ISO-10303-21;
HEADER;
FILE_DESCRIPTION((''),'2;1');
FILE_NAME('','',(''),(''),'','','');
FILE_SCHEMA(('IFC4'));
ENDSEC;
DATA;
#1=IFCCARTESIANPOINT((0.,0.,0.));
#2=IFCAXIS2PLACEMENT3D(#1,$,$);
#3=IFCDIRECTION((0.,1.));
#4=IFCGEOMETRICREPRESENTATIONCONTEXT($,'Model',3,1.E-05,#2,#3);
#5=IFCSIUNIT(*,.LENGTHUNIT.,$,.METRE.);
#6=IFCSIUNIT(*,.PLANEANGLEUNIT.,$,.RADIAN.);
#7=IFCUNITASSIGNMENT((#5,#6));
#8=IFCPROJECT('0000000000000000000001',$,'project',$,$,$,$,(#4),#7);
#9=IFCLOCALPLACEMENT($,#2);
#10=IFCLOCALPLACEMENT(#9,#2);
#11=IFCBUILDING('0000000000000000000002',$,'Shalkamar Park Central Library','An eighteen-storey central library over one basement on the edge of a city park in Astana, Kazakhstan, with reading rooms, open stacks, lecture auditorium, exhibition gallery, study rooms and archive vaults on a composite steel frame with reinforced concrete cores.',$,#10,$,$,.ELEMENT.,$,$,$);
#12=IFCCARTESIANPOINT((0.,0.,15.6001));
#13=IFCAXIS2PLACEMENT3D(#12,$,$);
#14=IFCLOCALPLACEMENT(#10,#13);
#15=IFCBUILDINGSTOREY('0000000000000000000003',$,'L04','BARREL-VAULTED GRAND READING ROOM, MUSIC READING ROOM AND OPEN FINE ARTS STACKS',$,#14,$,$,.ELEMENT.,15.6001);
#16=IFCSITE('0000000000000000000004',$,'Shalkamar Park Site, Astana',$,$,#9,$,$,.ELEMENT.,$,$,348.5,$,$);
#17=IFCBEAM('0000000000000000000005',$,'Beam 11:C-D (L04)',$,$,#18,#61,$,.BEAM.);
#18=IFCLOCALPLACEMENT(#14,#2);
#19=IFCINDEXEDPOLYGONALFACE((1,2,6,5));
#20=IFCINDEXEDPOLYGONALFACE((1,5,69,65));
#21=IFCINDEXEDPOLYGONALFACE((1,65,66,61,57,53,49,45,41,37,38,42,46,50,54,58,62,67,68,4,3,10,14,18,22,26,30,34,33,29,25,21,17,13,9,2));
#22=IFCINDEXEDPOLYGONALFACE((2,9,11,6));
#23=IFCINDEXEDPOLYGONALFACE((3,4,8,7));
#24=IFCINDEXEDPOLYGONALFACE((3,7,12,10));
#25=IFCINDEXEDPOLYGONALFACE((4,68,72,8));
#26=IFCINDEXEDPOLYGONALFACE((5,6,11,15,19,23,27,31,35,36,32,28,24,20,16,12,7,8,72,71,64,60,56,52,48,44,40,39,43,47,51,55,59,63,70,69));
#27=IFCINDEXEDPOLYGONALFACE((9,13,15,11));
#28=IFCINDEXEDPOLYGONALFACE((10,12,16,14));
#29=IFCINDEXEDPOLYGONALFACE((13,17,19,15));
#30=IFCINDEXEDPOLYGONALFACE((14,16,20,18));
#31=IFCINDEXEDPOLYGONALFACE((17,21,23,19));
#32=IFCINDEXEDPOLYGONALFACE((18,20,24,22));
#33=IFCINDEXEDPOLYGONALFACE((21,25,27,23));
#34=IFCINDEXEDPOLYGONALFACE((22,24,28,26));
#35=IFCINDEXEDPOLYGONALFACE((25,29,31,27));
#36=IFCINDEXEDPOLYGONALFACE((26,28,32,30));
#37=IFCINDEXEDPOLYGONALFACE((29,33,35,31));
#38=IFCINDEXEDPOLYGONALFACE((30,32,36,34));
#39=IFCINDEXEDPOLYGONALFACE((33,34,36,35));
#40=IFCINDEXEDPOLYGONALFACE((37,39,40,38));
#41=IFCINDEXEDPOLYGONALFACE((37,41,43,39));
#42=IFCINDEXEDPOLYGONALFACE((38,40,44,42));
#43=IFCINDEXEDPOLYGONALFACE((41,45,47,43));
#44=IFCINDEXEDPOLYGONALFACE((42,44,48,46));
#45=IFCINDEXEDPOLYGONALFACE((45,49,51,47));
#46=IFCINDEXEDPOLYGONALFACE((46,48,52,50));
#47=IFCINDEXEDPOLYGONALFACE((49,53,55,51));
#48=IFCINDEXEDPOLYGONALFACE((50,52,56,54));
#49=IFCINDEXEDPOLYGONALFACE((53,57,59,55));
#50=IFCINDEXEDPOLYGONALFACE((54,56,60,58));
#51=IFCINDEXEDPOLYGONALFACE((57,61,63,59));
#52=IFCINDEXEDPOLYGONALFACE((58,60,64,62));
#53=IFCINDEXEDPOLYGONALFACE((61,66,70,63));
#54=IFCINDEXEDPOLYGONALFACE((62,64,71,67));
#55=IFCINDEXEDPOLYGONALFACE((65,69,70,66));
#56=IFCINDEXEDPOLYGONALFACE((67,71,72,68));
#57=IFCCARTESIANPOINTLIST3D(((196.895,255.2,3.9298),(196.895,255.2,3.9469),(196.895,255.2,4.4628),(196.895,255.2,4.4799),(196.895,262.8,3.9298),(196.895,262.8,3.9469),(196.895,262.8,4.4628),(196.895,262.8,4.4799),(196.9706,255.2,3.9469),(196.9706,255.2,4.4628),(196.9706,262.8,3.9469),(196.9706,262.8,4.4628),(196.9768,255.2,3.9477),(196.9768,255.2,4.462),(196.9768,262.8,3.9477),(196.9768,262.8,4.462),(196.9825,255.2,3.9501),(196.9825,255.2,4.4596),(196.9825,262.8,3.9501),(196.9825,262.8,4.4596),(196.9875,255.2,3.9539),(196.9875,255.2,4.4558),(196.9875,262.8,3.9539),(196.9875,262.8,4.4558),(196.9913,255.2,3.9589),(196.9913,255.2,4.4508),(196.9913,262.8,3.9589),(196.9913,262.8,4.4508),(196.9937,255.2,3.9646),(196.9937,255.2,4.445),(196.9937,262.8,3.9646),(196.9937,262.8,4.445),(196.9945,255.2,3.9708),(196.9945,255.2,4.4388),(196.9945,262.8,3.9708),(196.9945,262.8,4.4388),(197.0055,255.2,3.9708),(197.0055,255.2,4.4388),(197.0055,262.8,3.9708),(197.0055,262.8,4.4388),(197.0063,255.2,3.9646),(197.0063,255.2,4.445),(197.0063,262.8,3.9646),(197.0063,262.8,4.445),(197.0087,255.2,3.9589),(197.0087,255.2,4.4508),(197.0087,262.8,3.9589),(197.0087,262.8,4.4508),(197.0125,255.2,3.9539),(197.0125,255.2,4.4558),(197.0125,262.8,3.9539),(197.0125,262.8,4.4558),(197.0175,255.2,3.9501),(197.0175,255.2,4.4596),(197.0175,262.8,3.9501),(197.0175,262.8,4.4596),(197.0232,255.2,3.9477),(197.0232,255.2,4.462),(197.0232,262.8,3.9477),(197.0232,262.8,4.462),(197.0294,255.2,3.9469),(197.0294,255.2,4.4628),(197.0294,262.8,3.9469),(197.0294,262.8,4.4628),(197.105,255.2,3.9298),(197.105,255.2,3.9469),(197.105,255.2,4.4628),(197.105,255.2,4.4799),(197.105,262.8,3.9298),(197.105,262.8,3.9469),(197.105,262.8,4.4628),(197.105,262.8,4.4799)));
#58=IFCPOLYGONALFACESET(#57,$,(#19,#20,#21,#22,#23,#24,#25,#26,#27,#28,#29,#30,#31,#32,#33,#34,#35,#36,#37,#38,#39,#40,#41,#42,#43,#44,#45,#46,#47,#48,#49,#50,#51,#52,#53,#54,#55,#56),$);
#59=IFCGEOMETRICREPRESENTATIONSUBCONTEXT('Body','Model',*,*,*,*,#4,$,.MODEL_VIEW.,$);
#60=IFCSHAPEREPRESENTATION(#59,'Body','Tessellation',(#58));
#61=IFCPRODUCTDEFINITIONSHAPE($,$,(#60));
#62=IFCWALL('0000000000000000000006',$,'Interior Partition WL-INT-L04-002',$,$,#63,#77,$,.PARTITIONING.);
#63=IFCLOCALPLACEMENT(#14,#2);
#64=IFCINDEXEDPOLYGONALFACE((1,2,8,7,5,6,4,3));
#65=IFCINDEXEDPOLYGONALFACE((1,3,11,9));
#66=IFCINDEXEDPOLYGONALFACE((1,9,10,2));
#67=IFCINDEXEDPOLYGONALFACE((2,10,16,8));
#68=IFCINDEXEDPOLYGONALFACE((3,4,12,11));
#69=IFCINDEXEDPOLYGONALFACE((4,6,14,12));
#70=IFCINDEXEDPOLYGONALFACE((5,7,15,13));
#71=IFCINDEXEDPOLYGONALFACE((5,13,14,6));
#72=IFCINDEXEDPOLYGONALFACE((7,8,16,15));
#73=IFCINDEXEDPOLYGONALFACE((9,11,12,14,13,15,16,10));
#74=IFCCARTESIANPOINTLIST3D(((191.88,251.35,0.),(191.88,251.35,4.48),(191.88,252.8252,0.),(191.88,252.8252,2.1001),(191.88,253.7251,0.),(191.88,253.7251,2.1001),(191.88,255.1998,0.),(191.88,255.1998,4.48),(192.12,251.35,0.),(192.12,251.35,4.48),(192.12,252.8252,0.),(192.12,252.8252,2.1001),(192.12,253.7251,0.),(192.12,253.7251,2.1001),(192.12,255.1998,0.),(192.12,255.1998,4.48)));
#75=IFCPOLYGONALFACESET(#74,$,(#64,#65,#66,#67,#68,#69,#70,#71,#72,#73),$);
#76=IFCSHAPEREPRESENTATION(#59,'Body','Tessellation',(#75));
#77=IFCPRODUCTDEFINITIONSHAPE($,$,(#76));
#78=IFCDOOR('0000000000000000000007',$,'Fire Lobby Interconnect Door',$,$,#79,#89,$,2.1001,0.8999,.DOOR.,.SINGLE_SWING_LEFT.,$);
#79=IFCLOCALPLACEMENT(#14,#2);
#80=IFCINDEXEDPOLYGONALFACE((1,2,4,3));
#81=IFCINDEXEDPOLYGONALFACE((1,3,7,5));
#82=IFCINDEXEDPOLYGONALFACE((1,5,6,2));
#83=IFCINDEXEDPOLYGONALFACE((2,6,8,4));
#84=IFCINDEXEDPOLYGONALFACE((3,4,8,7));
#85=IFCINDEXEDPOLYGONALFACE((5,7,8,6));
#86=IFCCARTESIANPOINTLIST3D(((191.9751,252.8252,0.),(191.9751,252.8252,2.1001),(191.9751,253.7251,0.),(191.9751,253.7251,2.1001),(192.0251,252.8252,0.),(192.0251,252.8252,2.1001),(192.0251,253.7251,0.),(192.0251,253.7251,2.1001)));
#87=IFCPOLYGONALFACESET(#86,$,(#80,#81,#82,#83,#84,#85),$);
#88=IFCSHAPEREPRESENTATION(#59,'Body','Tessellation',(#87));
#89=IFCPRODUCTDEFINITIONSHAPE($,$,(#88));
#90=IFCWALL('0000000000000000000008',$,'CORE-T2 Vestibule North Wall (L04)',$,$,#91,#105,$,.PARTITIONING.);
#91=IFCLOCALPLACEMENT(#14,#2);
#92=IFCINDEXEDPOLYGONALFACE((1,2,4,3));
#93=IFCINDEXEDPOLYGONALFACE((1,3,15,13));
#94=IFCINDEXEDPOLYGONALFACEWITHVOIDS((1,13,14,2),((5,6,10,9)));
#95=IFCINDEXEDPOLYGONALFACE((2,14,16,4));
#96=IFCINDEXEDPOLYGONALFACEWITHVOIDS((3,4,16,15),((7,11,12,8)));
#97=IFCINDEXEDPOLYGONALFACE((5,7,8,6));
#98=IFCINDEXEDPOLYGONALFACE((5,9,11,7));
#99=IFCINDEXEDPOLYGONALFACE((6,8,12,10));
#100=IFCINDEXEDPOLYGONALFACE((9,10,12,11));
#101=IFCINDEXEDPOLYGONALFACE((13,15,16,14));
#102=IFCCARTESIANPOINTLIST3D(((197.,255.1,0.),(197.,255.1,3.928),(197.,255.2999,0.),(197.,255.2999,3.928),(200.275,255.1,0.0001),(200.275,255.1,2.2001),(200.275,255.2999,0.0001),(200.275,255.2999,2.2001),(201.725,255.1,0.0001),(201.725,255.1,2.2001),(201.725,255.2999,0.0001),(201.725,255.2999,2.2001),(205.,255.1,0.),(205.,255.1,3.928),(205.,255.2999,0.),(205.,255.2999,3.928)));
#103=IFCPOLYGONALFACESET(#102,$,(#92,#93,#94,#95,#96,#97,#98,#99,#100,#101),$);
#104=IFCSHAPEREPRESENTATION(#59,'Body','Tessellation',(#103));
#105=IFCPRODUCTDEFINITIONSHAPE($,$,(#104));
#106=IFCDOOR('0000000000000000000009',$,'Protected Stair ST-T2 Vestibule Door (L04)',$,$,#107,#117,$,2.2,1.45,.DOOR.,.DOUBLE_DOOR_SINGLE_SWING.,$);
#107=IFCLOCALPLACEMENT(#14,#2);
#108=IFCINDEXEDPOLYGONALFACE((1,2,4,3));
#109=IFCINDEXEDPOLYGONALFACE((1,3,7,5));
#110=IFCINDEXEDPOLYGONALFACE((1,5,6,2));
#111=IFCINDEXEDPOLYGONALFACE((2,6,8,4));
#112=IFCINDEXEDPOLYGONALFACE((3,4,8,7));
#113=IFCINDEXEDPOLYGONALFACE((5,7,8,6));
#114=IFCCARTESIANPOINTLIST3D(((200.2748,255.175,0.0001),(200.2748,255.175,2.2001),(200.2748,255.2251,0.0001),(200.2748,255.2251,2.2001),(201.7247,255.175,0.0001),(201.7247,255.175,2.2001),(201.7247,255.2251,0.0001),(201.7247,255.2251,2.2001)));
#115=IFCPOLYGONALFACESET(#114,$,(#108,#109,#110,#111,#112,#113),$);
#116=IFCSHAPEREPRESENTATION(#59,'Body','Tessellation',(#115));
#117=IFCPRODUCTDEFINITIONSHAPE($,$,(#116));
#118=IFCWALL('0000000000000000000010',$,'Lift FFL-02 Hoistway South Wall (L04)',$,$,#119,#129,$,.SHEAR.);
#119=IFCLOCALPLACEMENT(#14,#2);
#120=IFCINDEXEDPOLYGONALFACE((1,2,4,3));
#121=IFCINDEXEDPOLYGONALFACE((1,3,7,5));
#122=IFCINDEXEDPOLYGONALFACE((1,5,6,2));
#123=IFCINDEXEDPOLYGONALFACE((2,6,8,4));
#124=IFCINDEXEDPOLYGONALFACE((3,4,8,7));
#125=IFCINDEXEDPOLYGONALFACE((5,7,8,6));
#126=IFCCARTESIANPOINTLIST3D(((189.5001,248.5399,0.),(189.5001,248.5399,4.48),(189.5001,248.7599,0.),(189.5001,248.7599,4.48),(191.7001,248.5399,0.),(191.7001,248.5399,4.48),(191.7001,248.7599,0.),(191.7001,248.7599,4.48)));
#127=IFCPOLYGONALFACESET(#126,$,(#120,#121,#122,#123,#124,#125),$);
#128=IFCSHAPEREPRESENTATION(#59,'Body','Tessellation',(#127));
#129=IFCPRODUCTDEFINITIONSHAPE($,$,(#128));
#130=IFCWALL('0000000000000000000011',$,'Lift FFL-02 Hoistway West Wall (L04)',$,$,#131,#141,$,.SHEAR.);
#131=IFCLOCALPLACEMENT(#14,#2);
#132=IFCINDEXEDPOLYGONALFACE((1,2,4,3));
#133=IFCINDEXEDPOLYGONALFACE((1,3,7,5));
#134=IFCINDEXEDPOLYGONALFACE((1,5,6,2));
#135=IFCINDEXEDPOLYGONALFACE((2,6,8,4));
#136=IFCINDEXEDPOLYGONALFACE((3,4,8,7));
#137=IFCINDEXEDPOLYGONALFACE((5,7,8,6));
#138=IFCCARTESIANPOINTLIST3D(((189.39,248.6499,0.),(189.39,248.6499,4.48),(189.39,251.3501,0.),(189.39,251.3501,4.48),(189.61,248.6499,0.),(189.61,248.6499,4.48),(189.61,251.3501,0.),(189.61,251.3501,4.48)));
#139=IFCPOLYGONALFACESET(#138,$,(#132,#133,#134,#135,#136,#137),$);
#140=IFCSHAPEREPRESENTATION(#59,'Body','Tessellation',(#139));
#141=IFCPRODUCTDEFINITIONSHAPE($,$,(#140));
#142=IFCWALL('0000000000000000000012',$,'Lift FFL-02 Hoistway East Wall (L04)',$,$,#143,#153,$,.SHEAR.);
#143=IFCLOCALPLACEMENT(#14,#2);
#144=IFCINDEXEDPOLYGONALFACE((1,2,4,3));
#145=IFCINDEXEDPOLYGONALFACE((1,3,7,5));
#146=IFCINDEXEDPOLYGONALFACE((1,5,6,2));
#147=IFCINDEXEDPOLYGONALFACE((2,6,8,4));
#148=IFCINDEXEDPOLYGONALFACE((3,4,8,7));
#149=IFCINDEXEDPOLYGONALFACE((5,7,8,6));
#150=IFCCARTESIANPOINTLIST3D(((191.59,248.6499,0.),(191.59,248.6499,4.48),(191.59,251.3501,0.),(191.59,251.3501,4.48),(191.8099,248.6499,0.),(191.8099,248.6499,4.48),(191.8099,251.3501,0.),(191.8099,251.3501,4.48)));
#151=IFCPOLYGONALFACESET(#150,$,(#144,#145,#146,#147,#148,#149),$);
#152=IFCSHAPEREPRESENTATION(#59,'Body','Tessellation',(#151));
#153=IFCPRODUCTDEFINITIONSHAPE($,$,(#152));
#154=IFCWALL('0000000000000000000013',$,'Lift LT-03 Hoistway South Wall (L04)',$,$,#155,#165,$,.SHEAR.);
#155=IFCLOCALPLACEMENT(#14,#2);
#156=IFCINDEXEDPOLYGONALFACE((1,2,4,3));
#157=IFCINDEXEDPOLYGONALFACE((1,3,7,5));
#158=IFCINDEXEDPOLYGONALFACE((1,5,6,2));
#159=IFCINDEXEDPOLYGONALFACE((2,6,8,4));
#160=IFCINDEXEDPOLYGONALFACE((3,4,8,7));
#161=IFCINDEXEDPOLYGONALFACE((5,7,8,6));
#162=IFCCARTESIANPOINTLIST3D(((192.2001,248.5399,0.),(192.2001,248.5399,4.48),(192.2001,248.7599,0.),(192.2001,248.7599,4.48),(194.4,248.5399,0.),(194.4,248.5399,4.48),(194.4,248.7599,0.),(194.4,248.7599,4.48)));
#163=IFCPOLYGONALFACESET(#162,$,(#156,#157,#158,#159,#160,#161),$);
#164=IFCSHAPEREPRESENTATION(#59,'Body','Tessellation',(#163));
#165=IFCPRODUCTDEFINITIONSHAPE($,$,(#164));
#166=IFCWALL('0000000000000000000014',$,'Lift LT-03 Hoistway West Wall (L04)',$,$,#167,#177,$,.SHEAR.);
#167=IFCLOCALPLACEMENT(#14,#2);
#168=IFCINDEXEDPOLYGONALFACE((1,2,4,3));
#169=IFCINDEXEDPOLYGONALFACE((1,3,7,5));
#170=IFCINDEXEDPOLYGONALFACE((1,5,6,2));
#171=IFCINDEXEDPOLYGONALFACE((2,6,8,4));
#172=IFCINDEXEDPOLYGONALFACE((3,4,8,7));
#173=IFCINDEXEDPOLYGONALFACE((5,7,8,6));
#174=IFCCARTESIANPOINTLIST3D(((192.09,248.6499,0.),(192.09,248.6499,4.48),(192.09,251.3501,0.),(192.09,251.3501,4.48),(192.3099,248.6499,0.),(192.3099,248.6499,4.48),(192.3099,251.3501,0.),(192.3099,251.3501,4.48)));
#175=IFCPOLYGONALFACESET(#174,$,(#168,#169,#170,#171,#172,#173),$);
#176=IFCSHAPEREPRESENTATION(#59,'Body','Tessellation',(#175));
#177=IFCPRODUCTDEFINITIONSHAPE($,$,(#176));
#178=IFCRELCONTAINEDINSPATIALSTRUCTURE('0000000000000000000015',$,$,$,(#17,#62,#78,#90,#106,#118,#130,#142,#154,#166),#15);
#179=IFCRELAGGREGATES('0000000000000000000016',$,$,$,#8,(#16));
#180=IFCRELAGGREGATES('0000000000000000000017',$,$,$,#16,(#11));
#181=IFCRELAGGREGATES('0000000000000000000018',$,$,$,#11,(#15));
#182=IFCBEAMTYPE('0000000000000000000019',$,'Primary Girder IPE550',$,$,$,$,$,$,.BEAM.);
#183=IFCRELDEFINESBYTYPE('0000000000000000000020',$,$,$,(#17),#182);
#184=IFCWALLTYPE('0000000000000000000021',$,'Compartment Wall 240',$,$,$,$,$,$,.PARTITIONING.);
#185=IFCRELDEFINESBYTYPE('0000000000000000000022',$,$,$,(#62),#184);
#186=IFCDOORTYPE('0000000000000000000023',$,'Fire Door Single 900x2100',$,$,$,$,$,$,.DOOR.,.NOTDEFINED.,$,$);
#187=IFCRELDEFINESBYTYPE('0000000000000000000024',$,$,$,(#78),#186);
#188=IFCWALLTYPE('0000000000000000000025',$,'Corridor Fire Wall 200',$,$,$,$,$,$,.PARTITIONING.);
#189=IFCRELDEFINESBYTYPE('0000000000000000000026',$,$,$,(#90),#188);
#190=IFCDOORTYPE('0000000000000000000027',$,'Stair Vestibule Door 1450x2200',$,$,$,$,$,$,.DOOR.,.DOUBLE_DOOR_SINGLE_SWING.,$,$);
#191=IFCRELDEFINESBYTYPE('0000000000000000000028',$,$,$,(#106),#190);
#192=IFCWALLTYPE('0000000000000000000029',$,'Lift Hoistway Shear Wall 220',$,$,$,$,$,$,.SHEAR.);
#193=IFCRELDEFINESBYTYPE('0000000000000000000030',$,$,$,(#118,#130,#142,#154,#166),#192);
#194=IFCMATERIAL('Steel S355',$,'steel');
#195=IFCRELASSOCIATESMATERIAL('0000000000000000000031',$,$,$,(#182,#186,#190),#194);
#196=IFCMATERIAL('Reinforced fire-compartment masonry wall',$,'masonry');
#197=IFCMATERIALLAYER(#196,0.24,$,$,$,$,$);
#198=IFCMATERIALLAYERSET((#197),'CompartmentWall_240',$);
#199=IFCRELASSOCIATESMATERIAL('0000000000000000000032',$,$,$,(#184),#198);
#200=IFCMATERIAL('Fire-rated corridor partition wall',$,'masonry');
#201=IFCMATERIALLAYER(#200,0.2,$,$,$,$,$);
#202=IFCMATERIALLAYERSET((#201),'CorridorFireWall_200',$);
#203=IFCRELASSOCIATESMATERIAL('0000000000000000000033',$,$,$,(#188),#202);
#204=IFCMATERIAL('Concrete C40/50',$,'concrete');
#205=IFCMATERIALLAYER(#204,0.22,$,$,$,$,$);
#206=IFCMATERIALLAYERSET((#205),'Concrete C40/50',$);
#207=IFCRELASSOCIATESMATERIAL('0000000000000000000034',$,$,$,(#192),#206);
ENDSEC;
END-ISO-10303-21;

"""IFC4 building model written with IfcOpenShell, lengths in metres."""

from ifc_helpers import new_model, si_unit, direction, frame, frame_2d, origin, origin_2d, place, context, subcontext, project, spatial, rectangle, i_section, extrude, material, layer, layer_set, material_profile, profile_set, type_object, element, fill, save


model = new_model("IFC4")

# Units and contexts
model_context = context("Model", 3, precision=1e-05, world=origin(), true_north=direction((0.0, 1.0)))
body_context = subcontext(model_context, "Body", "Model", "MODEL_VIEW")
ifc_project = project(units=[si_unit("LENGTHUNIT", "METRE"), si_unit("PLANEANGLEUNIT", "RADIAN")], contexts=[model_context])

# Site, building, storey
site_placement = place(None, origin())
site = spatial("IfcSite", under=ifc_project, at=site_placement, Name="Shalkamar Park Site, Astana", CompositionType="ELEMENT", RefElevation=348.5)
building_placement = place(site_placement, origin())
building = spatial("IfcBuilding", under=site, at=building_placement, Name="Shalkamar Park Central Library", Description="An eighteen-storey central library over one basement on the edge of a city park in Astana, Kazakhstan, with reading rooms, open stacks, lecture auditorium, exhibition gallery, study rooms and archive vaults on a composite steel frame with reinforced concrete cores.", CompositionType="ELEMENT")
storey_placement = place(building_placement, frame((0.0, 0.0, 15.6001)))
storey = spatial("IfcBuildingStorey", under=building, at=storey_placement, Name="L04", Description="BARREL-VAULTED GRAND READING ROOM, MUSIC READING ROOM AND OPEN FINE ARTS STACKS", CompositionType="ELEMENT", Elevation=15.6001)

# Shared definitions
ifc_material_1 = material(Name="Steel S355", Category="steel")

# Beam
ifc_material_profile_1 = material_profile(ifc_material_1, i_section(OverallWidth=0.21, OverallDepth=0.55, WebThickness=0.011, FlangeThickness=0.0171, FilletRadius=0.0239, at=origin_2d()), Name="IPE 550")
ifc_profile_set_1 = profile_set([ifc_material_profile_1], Name="Steel S355")
beam_type_1 = type_object("IfcBeamType", Name="Primary Girder IPE550", PredefinedType="BEAM", material=ifc_profile_set_1)
beam_1_placement = place(storey_placement, frame((197.0, 255.2, 4.2048), z_axis=(0.0, 1.0, 0.0), x_axis=(-1.0, 0.0, 0.0)))
element("IfcBeam", 1, at=beam_1_placement, inside=storey, type_object=beam_type_1, Name="Beam 11:C-D (L04)", PredefinedType="BEAM", context=body_context, shape_type="SweptSolid", body=[
    extrude(i_section(OverallWidth=0.21, OverallDepth=0.55, WebThickness=0.011, FlangeThickness=0.0171, FilletRadius=0.0239, at=origin_2d()), origin(), (0.0, 0.0, 1.0), 7.6001),
])

# Walls, openings, doors
ifc_material_2 = material(Name="Reinforced fire-compartment masonry wall", Category="masonry")
ifc_layer_1 = layer(ifc_material_2, 0.24)
ifc_layer_set_1 = layer_set([ifc_layer_1], Name="CompartmentWall_240")
wall_type_1 = type_object("IfcWallType", Name="Compartment Wall 240", PredefinedType="PARTITIONING", material=ifc_layer_set_1)
wall_1_placement = place(storey_placement, frame((192.0, 251.3501, 0.0), z_axis=(0.0, 0.0, 1.0), x_axis=(0.0, 1.0, 0.0)))
wall_1 = element("IfcWall", 2, at=wall_1_placement, inside=storey, type_object=wall_type_1, Name="Interior Partition WL-INT-L04-002", PredefinedType="PARTITIONING", context=body_context, shape_type="SweptSolid", body=[
    extrude(rectangle(XDim=3.8499, YDim=0.24, at=frame_2d((1.9248, 0.0))), origin(), (0.0, 0.0, 1.0), 4.48),
])
opening_1_placement = place(wall_1_placement, frame((1.4751, 0.0, 0.0)))
opening_1 = element("IfcOpeningElement", 3, at=opening_1_placement, cuts=wall_1, PredefinedType="OPENING", context=body_context, shape_type="SweptSolid", body=[
    extrude(rectangle(XDim=0.8999, YDim=2.1001, at=frame_2d((0.45, 1.05))), frame((0.0, 0.1348, 0.0), z_axis=(0.0, -1.0, 0.0), x_axis=(1.0, 0.0, 0.0)), (0.0, 0.0, 1.0), 0.2698),
])
door_type_1 = type_object("IfcDoorType", Name="Fire Door Single 900x2100", OperationType="NOTDEFINED", PredefinedType="DOOR", material=ifc_material_1)
door_1_placement = place(opening_1_placement, origin())
door_1 = element("IfcDoor", 4, at=door_1_placement, inside=storey, type_object=door_type_1, Name="Fire Lobby Interconnect Door", OperationType="SINGLE_SWING_LEFT", OverallHeight=2.1001, OverallWidth=0.8999, PredefinedType="DOOR", context=body_context, shape_type="SweptSolid", body=[
    extrude(rectangle(XDim=0.8999, YDim=2.1001, at=frame_2d((0.45, 1.05))), frame((0.0, 0.0249, 0.0), z_axis=(0.0, -1.0, 0.0), x_axis=(1.0, 0.0, 0.0)), (0.0, 0.0, 1.0), 0.05),
])
fill(opening_1, door_1)
ifc_material_3 = material(Name="Fire-rated corridor partition wall", Category="masonry")
ifc_layer_2 = layer(ifc_material_3, 0.2)
ifc_layer_set_2 = layer_set([ifc_layer_2], Name="CorridorFireWall_200")
wall_type_2 = type_object("IfcWallType", Name="Corridor Fire Wall 200", PredefinedType="PARTITIONING", material=ifc_layer_set_2)
wall_2_placement = place(storey_placement, frame((197.0, 255.2, 0.0), z_axis=(0.0, 0.0, 1.0), x_axis=(1.0, 0.0, 0.0)))
wall_2 = element("IfcWall", 5, at=wall_2_placement, inside=storey, type_object=wall_type_2, Name="CORE-T2 Vestibule North Wall (L04)", PredefinedType="PARTITIONING", context=body_context, shape_type="SweptSolid", body=[
    extrude(rectangle(XDim=8.0, YDim=0.2, at=frame_2d((4.0, 0.0))), origin(), (0.0, 0.0, 1.0), 3.928),
])
opening_2_placement = place(wall_2_placement, frame((3.2749, 0.0, 0.0)))
opening_2 = element("IfcOpeningElement", 6, at=opening_2_placement, cuts=wall_2, PredefinedType="OPENING", context=body_context, shape_type="SweptSolid", body=[
    extrude(rectangle(XDim=1.45, YDim=2.2, at=frame_2d((0.7251, 1.1001))), frame((0.0, 0.1147, 0.0), z_axis=(0.0, -1.0, 0.0), x_axis=(1.0, 0.0, 0.0)), (0.0, 0.0, 1.0), 0.2297),
])
door_type_2 = type_object("IfcDoorType", Name="Stair Vestibule Door 1450x2200", OperationType="DOUBLE_DOOR_SINGLE_SWING", PredefinedType="DOOR", material=ifc_material_1)
door_2_placement = place(opening_2_placement, frame((1.45, 0.0, 0.0), z_axis=(0.0, 0.0, 1.0), x_axis=(-1.0, 0.0, 0.0)))
door_2 = element("IfcDoor", 7, at=door_2_placement, inside=storey, type_object=door_type_2, Name="Protected Stair ST-T2 Vestibule Door (L04)", OperationType="DOUBLE_DOOR_SINGLE_SWING", OverallHeight=2.2, OverallWidth=1.45, PredefinedType="DOOR", context=body_context, shape_type="SweptSolid", body=[
    extrude(rectangle(XDim=1.45, YDim=2.2, at=frame_2d((0.7251, 1.1001))), frame((0.0, 0.0249, 0.0), z_axis=(0.0, -1.0, 0.0), x_axis=(1.0, 0.0, 0.0)), (0.0, 0.0, 1.0), 0.05),
])
fill(opening_2, door_2)

# Walls
ifc_material_4 = material(Name="Concrete C40/50", Category="concrete")
ifc_layer_3 = layer(ifc_material_4, 0.22)
ifc_layer_set_3 = layer_set([ifc_layer_3], Name="Concrete C40/50")
wall_type_3 = type_object("IfcWallType", Name="Lift Hoistway Shear Wall 220", PredefinedType="SHEAR", material=ifc_layer_set_3)
wall_3_placement = place(storey_placement, frame((189.5, 248.6499, 0.0), z_axis=(0.0, 0.0, 1.0), x_axis=(1.0, 0.0, 0.0)))
element("IfcWall", 8, at=wall_3_placement, inside=storey, type_object=wall_type_3, Name="Lift FFL-02 Hoistway South Wall (L04)", PredefinedType="SHEAR", context=body_context, shape_type="SweptSolid", body=[
    extrude(rectangle(XDim=2.2, YDim=0.22, at=frame_2d((1.1001, 0.0))), origin(), (0.0, 0.0, 1.0), 4.48),
])
for number, where, z_axis, x_axis, name in (
    (9, (189.5, 248.6499, 0.0), (0.0, 0.0, 1.0), (0.0, 1.0, 0.0), "Lift FFL-02 Hoistway West Wall (L04)"),
    (10, (191.7, 248.6499, 0.0), (0.0, 0.0, 1.0), (0.0, 1.0, 0.0), "Lift FFL-02 Hoistway East Wall (L04)"),
):
    element("IfcWall", number, at=place(storey_placement, frame(where, z_axis=z_axis, x_axis=x_axis)), inside=storey, type_object=wall_type_3, Name=name, PredefinedType="SHEAR", context=body_context, shape_type="SweptSolid", body=[
        extrude(rectangle(XDim=2.7002, YDim=0.22, at=frame_2d((1.3501, 0.0))), origin(), (0.0, 0.0, 1.0), 4.48),
    ])

# Walls
wall_4_placement = place(storey_placement, frame((192.2, 248.6499, 0.0), z_axis=(0.0, 0.0, 1.0), x_axis=(1.0, 0.0, 0.0)))
element("IfcWall", 11, at=wall_4_placement, inside=storey, type_object=wall_type_3, Name="Lift LT-03 Hoistway South Wall (L04)", PredefinedType="SHEAR", context=body_context, shape_type="SweptSolid", body=[
    extrude(rectangle(XDim=2.2, YDim=0.22, at=frame_2d((1.1001, 0.0))), origin(), (0.0, 0.0, 1.0), 4.48),
])
for number, where, z_axis, x_axis, name in (
    (12, (192.2, 248.6499, 0.0), (0.0, 0.0, 1.0), (0.0, 1.0, 0.0), "Lift LT-03 Hoistway West Wall (L04)"),
):
    element("IfcWall", number, at=place(storey_placement, frame(where, z_axis=z_axis, x_axis=x_axis)), inside=storey, type_object=wall_type_3, Name=name, PredefinedType="SHEAR", context=body_context, shape_type="SweptSolid", body=[
        extrude(rectangle(XDim=2.7002, YDim=0.22, at=frame_2d((1.3501, 0.0))), origin(), (0.0, 0.0, 1.0), 4.48),
    ])

save(model, "model.ifc")
